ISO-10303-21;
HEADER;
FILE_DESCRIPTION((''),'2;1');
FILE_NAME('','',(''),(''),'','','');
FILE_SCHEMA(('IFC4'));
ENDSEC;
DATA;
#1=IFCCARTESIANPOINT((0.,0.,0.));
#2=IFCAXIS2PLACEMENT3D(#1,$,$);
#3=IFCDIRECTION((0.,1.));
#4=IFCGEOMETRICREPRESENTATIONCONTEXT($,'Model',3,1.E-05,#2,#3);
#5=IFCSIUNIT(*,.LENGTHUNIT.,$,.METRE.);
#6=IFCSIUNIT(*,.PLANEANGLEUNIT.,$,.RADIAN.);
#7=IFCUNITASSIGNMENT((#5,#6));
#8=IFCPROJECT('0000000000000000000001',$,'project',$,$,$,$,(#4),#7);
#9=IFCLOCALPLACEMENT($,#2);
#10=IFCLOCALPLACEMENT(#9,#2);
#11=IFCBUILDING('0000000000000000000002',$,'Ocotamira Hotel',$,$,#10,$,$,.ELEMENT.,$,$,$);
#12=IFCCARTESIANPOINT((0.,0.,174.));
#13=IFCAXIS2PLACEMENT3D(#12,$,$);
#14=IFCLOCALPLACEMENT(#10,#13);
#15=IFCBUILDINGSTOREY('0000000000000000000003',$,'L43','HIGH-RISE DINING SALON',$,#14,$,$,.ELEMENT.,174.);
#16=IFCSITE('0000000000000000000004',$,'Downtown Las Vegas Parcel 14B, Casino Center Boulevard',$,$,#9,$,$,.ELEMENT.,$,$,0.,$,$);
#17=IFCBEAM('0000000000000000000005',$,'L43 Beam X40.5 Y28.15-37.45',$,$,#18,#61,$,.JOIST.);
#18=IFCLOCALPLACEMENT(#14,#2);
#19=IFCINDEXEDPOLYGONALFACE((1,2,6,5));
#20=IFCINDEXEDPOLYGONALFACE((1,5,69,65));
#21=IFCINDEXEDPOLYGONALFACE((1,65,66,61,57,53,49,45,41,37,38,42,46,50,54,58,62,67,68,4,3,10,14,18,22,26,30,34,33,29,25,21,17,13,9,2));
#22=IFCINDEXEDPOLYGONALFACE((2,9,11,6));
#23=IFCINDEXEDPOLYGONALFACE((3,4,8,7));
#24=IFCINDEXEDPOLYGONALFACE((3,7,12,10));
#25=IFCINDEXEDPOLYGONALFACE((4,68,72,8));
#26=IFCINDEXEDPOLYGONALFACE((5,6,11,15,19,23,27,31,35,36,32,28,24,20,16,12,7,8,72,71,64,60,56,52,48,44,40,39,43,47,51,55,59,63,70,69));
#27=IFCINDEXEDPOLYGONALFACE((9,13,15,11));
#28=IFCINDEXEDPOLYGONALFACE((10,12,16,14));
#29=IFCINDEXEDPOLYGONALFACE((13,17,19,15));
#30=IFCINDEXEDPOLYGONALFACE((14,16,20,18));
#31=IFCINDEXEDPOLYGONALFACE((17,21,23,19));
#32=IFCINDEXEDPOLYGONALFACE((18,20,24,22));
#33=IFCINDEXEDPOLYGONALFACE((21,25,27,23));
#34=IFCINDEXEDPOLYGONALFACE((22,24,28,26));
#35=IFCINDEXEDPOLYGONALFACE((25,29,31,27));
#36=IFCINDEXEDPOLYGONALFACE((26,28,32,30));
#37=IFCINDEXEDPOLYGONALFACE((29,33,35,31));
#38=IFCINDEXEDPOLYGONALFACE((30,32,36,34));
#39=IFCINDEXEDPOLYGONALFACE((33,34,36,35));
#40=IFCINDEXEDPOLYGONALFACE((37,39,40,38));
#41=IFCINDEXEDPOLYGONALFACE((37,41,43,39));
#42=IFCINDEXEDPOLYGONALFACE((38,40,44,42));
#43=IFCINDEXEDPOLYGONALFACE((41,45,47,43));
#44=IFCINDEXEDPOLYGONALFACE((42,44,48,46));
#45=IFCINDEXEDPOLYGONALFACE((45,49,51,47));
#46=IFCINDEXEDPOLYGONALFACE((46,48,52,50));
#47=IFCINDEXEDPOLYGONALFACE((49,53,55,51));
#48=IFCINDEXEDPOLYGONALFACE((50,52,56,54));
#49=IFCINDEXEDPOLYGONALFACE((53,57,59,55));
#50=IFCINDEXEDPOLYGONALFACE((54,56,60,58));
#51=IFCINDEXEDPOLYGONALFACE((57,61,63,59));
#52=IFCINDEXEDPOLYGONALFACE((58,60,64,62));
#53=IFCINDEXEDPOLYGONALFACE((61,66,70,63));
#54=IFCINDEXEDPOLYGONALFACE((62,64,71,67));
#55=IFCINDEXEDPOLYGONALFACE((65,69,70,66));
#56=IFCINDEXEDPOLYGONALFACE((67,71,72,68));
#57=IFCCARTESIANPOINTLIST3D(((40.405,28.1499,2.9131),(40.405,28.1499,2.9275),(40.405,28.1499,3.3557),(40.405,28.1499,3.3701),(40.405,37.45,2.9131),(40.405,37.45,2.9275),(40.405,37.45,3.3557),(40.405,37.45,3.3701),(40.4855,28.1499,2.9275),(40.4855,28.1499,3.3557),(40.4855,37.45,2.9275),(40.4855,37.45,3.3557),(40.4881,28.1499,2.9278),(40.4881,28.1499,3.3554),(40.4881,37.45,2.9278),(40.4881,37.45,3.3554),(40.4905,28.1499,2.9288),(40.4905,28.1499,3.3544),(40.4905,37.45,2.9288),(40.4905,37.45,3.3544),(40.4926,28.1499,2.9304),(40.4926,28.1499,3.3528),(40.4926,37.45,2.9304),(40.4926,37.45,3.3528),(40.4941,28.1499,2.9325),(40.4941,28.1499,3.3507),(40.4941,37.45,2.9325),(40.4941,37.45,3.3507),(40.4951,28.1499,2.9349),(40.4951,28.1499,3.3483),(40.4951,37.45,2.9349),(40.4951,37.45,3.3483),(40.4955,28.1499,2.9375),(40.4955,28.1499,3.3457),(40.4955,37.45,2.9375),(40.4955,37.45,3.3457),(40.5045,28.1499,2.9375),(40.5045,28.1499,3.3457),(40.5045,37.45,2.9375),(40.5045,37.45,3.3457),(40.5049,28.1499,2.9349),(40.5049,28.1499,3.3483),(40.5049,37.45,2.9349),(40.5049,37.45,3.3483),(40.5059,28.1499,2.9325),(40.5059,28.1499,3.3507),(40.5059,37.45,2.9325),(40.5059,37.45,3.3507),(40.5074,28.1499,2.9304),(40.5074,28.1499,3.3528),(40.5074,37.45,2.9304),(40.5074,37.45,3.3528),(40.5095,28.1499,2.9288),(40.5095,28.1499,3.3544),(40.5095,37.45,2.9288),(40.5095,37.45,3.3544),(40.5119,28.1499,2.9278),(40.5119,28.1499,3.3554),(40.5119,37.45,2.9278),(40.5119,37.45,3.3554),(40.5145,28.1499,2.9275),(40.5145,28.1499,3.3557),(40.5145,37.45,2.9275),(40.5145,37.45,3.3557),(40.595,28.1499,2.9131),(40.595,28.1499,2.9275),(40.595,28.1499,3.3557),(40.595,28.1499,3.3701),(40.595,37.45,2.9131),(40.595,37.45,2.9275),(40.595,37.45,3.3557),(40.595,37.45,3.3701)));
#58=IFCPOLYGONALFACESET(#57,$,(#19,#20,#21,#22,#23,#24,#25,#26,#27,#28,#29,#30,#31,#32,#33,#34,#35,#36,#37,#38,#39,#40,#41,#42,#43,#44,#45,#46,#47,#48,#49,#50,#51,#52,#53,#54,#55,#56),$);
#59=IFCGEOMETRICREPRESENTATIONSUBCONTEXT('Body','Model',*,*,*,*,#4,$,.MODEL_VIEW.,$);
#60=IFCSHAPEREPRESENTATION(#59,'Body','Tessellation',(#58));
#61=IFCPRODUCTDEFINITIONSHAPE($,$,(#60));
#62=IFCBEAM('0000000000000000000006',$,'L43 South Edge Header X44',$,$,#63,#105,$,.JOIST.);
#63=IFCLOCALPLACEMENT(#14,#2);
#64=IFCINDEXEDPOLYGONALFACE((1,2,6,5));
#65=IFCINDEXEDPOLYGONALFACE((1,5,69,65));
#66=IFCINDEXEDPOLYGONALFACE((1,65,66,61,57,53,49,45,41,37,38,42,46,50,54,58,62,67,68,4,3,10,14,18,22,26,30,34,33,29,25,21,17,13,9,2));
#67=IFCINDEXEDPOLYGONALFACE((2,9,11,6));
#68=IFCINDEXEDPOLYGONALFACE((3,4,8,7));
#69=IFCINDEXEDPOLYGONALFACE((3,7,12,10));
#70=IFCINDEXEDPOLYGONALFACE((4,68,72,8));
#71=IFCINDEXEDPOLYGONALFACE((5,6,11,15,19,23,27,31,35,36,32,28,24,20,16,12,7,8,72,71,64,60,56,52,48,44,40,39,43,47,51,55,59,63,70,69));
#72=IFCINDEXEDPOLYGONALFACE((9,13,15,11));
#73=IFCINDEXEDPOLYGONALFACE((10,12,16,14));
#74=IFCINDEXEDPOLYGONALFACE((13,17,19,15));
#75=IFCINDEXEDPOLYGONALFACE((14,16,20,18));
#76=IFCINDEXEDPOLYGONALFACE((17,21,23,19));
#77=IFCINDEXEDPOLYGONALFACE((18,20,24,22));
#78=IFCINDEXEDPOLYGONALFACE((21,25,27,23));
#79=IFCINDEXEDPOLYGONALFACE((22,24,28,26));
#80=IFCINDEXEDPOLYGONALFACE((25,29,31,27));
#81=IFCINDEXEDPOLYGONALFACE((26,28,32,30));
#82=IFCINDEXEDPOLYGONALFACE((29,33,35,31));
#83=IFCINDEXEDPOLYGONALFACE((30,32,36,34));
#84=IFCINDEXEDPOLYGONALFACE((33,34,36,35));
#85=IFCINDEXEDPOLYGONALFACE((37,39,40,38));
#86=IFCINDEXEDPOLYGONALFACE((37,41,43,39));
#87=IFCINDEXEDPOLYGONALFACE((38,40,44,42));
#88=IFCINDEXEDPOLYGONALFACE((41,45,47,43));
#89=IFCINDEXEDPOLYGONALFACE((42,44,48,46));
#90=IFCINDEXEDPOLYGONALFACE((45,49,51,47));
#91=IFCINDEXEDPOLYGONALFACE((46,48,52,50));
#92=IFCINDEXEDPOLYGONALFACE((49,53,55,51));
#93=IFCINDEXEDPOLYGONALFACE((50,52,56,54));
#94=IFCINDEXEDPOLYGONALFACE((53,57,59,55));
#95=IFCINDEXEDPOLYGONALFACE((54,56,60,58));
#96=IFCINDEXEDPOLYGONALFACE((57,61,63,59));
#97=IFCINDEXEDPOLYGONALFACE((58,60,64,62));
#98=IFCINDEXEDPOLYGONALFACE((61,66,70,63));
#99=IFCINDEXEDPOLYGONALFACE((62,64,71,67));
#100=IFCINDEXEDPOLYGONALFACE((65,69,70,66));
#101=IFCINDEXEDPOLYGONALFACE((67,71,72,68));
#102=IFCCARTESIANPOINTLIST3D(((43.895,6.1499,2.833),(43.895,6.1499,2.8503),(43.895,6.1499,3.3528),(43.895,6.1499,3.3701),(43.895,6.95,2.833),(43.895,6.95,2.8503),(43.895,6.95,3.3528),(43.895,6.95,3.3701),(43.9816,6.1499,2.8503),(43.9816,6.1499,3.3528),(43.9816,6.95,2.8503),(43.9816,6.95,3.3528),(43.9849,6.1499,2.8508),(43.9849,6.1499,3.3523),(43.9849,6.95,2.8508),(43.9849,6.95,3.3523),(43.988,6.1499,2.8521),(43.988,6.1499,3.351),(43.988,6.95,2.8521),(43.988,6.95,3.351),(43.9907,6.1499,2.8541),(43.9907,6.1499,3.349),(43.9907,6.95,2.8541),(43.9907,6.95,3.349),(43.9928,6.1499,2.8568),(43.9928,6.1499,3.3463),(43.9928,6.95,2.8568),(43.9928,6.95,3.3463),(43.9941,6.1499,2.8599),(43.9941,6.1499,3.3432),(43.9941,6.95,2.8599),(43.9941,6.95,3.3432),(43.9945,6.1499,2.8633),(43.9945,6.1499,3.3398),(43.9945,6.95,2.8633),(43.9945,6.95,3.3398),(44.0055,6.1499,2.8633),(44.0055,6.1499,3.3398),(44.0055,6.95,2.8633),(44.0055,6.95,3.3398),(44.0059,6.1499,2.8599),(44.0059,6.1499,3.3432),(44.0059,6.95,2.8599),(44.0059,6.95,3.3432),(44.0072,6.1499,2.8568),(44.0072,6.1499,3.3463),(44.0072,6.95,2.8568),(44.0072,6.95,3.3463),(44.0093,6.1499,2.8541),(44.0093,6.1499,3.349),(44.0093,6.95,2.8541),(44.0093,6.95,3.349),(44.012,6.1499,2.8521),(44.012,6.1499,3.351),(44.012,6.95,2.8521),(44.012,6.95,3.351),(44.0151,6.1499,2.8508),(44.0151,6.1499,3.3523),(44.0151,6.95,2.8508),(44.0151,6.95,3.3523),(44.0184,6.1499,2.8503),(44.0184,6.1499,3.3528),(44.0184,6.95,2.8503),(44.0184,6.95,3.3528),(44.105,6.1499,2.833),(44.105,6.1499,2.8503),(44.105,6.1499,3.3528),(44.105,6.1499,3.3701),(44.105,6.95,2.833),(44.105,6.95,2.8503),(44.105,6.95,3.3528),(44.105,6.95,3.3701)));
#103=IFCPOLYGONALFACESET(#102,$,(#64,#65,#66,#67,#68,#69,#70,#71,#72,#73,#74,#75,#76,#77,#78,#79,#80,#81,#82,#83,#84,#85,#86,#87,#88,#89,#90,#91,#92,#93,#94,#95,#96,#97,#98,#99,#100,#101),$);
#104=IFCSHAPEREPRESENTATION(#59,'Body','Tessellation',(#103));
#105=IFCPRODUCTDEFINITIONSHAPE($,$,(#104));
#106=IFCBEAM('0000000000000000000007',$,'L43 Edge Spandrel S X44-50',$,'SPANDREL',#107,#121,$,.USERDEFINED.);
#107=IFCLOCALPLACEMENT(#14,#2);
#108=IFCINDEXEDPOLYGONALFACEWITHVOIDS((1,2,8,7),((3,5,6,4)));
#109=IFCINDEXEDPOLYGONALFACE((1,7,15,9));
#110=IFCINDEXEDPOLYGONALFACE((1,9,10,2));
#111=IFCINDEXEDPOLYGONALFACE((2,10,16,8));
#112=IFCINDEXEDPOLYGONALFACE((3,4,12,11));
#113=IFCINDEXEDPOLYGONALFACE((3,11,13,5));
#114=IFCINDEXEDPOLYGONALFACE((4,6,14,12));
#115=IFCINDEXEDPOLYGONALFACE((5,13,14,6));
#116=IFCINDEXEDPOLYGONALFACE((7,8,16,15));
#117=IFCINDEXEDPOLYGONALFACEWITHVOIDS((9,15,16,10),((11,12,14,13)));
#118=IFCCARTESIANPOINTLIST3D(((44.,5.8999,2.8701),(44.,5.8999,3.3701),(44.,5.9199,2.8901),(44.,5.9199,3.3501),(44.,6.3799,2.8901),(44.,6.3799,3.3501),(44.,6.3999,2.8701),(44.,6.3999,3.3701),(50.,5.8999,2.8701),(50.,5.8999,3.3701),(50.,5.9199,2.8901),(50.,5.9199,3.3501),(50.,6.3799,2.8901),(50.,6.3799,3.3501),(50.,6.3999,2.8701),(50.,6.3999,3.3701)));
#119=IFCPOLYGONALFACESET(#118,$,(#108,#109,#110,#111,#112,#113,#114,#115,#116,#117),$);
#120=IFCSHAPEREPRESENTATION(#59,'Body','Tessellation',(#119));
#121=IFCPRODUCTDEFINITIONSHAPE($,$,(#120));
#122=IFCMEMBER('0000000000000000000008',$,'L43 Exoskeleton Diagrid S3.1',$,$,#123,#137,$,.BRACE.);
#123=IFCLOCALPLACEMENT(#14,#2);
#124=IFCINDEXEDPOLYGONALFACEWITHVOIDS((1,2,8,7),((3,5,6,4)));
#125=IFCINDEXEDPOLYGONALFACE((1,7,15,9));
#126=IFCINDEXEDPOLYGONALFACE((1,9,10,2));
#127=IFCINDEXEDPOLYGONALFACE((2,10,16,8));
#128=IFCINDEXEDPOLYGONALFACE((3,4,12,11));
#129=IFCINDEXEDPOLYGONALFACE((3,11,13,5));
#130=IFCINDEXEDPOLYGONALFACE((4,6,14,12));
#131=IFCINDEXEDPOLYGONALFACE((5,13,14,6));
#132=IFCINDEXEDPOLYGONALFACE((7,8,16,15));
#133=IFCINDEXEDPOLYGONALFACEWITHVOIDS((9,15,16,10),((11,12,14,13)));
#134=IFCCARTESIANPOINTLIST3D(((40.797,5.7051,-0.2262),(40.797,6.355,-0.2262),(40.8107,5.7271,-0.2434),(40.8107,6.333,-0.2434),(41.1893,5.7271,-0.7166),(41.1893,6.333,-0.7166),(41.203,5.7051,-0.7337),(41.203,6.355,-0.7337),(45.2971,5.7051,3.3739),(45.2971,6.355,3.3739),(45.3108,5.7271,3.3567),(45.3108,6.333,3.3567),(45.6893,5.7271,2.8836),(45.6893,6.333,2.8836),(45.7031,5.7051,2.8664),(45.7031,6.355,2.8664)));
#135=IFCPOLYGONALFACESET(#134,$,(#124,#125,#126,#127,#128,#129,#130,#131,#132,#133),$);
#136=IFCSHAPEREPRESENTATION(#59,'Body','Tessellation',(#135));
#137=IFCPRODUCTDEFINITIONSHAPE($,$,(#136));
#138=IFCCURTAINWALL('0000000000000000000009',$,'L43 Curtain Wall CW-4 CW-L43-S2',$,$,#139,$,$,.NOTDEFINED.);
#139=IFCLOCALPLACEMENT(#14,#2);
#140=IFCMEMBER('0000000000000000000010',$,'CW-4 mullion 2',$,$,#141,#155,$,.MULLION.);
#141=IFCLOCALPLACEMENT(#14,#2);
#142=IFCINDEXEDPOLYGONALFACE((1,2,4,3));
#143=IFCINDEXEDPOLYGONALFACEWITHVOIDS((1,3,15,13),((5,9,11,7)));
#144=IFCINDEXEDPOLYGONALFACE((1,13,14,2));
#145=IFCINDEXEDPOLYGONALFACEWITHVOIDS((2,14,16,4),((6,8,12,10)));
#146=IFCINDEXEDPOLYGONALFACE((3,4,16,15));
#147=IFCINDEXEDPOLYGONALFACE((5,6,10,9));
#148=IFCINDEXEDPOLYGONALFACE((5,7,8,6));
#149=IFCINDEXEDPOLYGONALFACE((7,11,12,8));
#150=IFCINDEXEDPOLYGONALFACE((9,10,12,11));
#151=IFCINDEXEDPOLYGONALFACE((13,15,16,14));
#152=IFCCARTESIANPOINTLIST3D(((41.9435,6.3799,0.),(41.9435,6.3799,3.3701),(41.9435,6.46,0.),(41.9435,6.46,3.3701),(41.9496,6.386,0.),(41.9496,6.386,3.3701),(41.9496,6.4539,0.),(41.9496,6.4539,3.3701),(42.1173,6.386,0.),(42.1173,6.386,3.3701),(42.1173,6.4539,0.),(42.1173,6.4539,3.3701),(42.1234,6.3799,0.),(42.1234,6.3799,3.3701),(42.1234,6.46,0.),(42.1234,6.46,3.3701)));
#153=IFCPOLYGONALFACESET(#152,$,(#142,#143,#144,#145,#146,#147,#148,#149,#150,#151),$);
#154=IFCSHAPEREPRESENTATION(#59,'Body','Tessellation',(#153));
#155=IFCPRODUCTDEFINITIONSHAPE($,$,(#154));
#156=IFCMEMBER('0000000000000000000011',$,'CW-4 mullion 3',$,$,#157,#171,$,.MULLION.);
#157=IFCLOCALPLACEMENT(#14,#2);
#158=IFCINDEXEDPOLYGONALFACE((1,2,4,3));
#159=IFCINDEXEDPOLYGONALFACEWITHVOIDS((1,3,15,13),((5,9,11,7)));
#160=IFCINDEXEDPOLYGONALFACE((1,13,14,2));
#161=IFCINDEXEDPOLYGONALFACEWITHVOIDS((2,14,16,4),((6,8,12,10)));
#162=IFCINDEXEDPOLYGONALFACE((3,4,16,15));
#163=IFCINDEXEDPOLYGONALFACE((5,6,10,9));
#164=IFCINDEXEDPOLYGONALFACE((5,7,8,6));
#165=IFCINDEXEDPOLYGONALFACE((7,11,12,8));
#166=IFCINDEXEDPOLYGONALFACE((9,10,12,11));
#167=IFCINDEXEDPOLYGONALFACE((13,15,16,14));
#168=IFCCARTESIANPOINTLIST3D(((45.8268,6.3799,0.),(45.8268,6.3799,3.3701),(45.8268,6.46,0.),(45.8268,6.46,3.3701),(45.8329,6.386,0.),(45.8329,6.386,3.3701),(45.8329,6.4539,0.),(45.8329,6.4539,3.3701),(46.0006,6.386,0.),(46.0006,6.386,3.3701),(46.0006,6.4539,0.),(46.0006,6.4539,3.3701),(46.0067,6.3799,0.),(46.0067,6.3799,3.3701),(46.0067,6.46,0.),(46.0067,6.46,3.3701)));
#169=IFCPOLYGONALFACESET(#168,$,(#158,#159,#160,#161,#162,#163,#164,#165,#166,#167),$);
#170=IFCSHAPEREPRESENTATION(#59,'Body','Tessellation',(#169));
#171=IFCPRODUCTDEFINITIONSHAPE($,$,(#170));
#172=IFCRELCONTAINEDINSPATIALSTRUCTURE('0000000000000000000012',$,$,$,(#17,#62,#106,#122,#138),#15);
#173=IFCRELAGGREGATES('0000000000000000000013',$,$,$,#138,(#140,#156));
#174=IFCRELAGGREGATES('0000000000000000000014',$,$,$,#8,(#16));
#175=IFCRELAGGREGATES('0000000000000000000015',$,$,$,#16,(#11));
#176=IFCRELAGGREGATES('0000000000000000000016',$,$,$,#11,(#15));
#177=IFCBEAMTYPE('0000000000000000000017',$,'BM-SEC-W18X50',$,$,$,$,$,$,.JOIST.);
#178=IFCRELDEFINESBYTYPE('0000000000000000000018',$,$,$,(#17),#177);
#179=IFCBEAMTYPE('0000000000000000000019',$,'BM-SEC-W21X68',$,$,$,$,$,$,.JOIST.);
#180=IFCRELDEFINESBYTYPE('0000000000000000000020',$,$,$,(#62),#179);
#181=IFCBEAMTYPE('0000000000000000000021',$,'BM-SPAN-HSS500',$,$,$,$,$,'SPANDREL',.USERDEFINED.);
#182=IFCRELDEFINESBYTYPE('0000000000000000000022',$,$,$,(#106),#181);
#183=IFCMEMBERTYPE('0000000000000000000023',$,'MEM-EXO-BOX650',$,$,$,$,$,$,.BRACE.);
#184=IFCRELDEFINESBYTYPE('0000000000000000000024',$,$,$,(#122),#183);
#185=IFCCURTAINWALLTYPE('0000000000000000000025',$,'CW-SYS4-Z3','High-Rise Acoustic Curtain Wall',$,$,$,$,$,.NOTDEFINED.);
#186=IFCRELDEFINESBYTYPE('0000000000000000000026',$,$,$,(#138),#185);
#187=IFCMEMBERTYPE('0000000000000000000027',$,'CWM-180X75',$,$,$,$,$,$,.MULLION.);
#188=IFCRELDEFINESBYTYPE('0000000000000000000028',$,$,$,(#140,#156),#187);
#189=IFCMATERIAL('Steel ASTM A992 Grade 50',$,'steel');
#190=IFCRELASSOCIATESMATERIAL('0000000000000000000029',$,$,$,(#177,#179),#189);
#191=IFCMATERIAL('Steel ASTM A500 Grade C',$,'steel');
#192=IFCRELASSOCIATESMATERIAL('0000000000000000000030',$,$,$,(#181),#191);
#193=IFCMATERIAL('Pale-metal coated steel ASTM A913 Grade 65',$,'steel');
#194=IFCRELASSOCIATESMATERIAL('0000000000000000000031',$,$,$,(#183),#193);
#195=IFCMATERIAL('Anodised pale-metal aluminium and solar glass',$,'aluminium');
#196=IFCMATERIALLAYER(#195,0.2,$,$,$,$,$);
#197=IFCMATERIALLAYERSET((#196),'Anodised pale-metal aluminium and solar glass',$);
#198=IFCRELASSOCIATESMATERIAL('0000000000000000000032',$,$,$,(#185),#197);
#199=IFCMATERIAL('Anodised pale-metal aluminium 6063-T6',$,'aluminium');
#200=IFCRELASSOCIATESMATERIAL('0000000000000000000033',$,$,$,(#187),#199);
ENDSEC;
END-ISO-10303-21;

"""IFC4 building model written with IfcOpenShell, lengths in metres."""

from ifc_helpers import new_model, si_unit, direction, frame, origin, origin_2d, place, context, subcontext, project, spatial, hollow_rectangle, i_section, extrude, source, transform, mapped, material, layer, layer_set, material_profile, profile_set, type_object, element, aggregate, save


model = new_model("IFC4")

# Units and contexts
model_context = context("Model", 3, precision=1e-05, world=origin(), true_north=direction((0.0, 1.0)))
body_context = subcontext(model_context, "Body", "Model", "MODEL_VIEW")
ifc_project = project(units=[si_unit("LENGTHUNIT", "METRE"), si_unit("PLANEANGLEUNIT", "RADIAN")], contexts=[model_context])

# Site, building, storey
site_placement = place(None, origin())
site = spatial("IfcSite", under=ifc_project, at=site_placement, Name="Downtown Las Vegas Parcel 14B, Casino Center Boulevard", CompositionType="ELEMENT", RefElevation=0.0)
building_placement = place(site_placement, origin())
building = spatial("IfcBuilding", under=site, at=building_placement, Name="Ocotamira Hotel", CompositionType="ELEMENT")
storey_placement = place(building_placement, frame((0.0, 0.0, 174.0)))
storey = spatial("IfcBuildingStorey", under=building, at=storey_placement, Name="L43", Description="HIGH-RISE DINING SALON", CompositionType="ELEMENT", Elevation=174.0)

# Beams
ifc_material_1 = material(Name="Steel ASTM A992 Grade 50", Category="steel")
ifc_material_profile_1 = material_profile(ifc_material_1, i_section(OverallWidth=0.1899, OverallDepth=0.457, WebThickness=0.009, FlangeThickness=0.0144, FilletRadius=0.01, at=origin_2d()), Name="W18X50")
ifc_profile_set_1 = profile_set([ifc_material_profile_1], Name="Steel ASTM A992 Grade 50")
beam_type_1 = type_object("IfcBeamType", Name="BM-SEC-W18X50", PredefinedType="JOIST", material=ifc_profile_set_1)
shared_shape_1 = source(origin(), body_context, "Body", "SweptSolid", [
    extrude(i_section(OverallWidth=0.1899, OverallDepth=0.457, WebThickness=0.009, FlangeThickness=0.0144, FilletRadius=0.01, at=origin_2d()), origin(), (0.0, 0.0, 1.0), 9.3),
])
beam_1_placement = place(storey_placement, frame((40.5, 28.1499, 3.1416), z_axis=(0.0, 1.0, 0.0), x_axis=(-1.0, 0.0, 0.0)))
element("IfcBeam", 1, at=beam_1_placement, inside=storey, type_object=beam_type_1, Name="L43 Beam X40.5 Y28.15-37.45", PredefinedType="JOIST", context=body_context, shape_type="MappedRepresentation", body=[
    mapped(shared_shape_1, transform((0.0, 0.0, 0.0), scale=1.0)),
])
ifc_material_profile_2 = material_profile(ifc_material_1, i_section(OverallWidth=0.21, OverallDepth=0.5371, WebThickness=0.011, FlangeThickness=0.0173, FilletRadius=0.0129, at=origin_2d()), Name="W21X68")
ifc_profile_set_2 = profile_set([ifc_material_profile_2], Name="Steel ASTM A992 Grade 50")
beam_type_2 = type_object("IfcBeamType", Name="BM-SEC-W21X68", PredefinedType="JOIST", material=ifc_profile_set_2)
shared_shape_2 = source(origin(), body_context, "Body", "SweptSolid", [
    extrude(i_section(OverallWidth=0.21, OverallDepth=0.5371, WebThickness=0.011, FlangeThickness=0.0173, FilletRadius=0.0129, at=origin_2d()), origin(), (0.0, 0.0, 1.0), 0.8),
])
beam_2_placement = place(storey_placement, frame((44.0, 6.95, 3.1016), z_axis=(0.0, -1.0, 0.0), x_axis=(1.0, 0.0, 0.0)))
element("IfcBeam", 2, at=beam_2_placement, inside=storey, type_object=beam_type_2, Name="L43 South Edge Header X44", PredefinedType="JOIST", context=body_context, shape_type="MappedRepresentation", body=[
    mapped(shared_shape_2, transform((0.0, 0.0, 0.0), scale=1.0)),
])
ifc_material_2 = material(Name="Steel ASTM A500 Grade C", Category="steel")
ifc_material_profile_3 = material_profile(ifc_material_2, hollow_rectangle(XDim=0.5, YDim=0.5, WallThickness=0.02, at=origin_2d()), Name="HSS500X500X20")
ifc_profile_set_3 = profile_set([ifc_material_profile_3], Name="Steel ASTM A500 Grade C")
beam_type_3 = type_object("IfcBeamType", Name="BM-SPAN-HSS500", ElementType="SPANDREL", PredefinedType="USERDEFINED", material=ifc_profile_set_3)
shared_shape_3 = source(origin(), body_context, "Body", "SweptSolid", [
    extrude(hollow_rectangle(XDim=0.5, YDim=0.5, WallThickness=0.02, at=origin_2d()), origin(), (0.0, 0.0, 1.0), 6.0),
])
beam_3_placement = place(storey_placement, frame((44.0, 6.1499, 3.1201), z_axis=(1.0, 0.0, 0.0), x_axis=(0.0, 1.0, 0.0)))
element("IfcBeam", 3, at=beam_3_placement, inside=storey, type_object=beam_type_3, Name="L43 Edge Spandrel S X44-50", ObjectType="SPANDREL", PredefinedType="USERDEFINED", context=body_context, shape_type="MappedRepresentation", body=[
    mapped(shared_shape_3, transform((0.0, 0.0, 0.0), scale=1.0)),
])

# Member
ifc_material_3 = material(Name="Pale-metal coated steel ASTM A913 Grade 65", Category="steel")
ifc_material_profile_4 = material_profile(ifc_material_3, hollow_rectangle(XDim=0.6499, YDim=0.6499, WallThickness=0.022, at=origin_2d()), Name="BOX650X650X22")
ifc_profile_set_4 = profile_set([ifc_material_profile_4], Name="Pale-metal coated steel ASTM A913 Grade 65")
member_type_1 = type_object("IfcMemberType", Name="MEM-EXO-BOX650", PredefinedType="BRACE", material=ifc_profile_set_4)
shared_shape_4 = source(origin(), body_context, "Body", "SweptSolid", [
    extrude(hollow_rectangle(XDim=0.6499, YDim=0.6499, WallThickness=0.022, at=origin_2d()), origin(), (0.0, 0.0, 1.0), 5.7629),
])
member_1_placement = place(storey_placement, frame((41.0, 6.03, -0.48), z_axis=(0.780861, 0.0, 0.624705), x_axis=(0.0, 1.0, 0.0)))
element("IfcMember", 4, at=member_1_placement, inside=storey, type_object=member_type_1, Name="L43 Exoskeleton Diagrid S3.1", PredefinedType="BRACE", context=body_context, shape_type="MappedRepresentation", body=[
    mapped(shared_shape_4, transform((0.0, 0.0, 0.0), scale=1.0)),
])

# Curtain wall, members
ifc_material_4 = material(Name="Anodised pale-metal aluminium and solar glass", Category="aluminium")
ifc_layer_1 = layer(ifc_material_4, 0.2)
ifc_layer_set_1 = layer_set([ifc_layer_1], Name="Anodised pale-metal aluminium and solar glass")
curtain_wall_type = type_object("IfcCurtainWallType", Name="CW-SYS4-Z3", Description="High-Rise Acoustic Curtain Wall", PredefinedType="NOTDEFINED", material=ifc_layer_set_1)
curtain_wall_placement = place(storey_placement, origin())
curtain_wall = element("IfcCurtainWall", 5, at=curtain_wall_placement, inside=storey, type_object=curtain_wall_type, Name="L43 Curtain Wall CW-4 CW-L43-S2", PredefinedType="NOTDEFINED")
ifc_material_5 = material(Name="Anodised pale-metal aluminium 6063-T6", Category="aluminium")
ifc_material_profile_5 = material_profile(ifc_material_5, hollow_rectangle(XDim=0.0801, YDim=0.1799, WallThickness=0.0061, at=origin_2d()), Name="HSS180X80X6")
ifc_profile_set_5 = profile_set([ifc_material_profile_5], Name="Anodised pale-metal aluminium 6063-T6")
member_type_2 = type_object("IfcMemberType", Name="CWM-180X75", PredefinedType="MULLION", material=ifc_profile_set_5)
shared_shape_5 = source(origin(), body_context, "Body", "SweptSolid", [
    extrude(hollow_rectangle(XDim=0.0801, YDim=0.1799, WallThickness=0.0061, at=origin_2d()), origin(), (0.0, 0.0, 1.0), 3.3701),
])
member_2_placement = place(storey_placement, frame((42.0334, 6.4199, 0.0), z_axis=(0.0, 0.0, 1.0), x_axis=(0.0, 1.0, 0.0)))
member_2 = element("IfcMember", 6, at=member_2_placement, type_object=member_type_2, Name="CW-4 mullion 2", PredefinedType="MULLION", context=body_context, shape_type="MappedRepresentation", body=[
    mapped(shared_shape_5, transform((0.0, 0.0, 0.0), scale=1.0)),
])
member_3_placement = place(storey_placement, frame((45.9167, 6.4199, 0.0), z_axis=(0.0, 0.0, 1.0), x_axis=(0.0, 1.0, 0.0)))
member_3 = element("IfcMember", 7, at=member_3_placement, type_object=member_type_2, Name="CW-4 mullion 3", PredefinedType="MULLION", context=body_context, shape_type="MappedRepresentation", body=[
    mapped(shared_shape_5, transform((0.0, 0.0, 0.0), scale=1.0)),
])

aggregate(curtain_wall, [member_2, member_3])

save(model, "model.ifc")
